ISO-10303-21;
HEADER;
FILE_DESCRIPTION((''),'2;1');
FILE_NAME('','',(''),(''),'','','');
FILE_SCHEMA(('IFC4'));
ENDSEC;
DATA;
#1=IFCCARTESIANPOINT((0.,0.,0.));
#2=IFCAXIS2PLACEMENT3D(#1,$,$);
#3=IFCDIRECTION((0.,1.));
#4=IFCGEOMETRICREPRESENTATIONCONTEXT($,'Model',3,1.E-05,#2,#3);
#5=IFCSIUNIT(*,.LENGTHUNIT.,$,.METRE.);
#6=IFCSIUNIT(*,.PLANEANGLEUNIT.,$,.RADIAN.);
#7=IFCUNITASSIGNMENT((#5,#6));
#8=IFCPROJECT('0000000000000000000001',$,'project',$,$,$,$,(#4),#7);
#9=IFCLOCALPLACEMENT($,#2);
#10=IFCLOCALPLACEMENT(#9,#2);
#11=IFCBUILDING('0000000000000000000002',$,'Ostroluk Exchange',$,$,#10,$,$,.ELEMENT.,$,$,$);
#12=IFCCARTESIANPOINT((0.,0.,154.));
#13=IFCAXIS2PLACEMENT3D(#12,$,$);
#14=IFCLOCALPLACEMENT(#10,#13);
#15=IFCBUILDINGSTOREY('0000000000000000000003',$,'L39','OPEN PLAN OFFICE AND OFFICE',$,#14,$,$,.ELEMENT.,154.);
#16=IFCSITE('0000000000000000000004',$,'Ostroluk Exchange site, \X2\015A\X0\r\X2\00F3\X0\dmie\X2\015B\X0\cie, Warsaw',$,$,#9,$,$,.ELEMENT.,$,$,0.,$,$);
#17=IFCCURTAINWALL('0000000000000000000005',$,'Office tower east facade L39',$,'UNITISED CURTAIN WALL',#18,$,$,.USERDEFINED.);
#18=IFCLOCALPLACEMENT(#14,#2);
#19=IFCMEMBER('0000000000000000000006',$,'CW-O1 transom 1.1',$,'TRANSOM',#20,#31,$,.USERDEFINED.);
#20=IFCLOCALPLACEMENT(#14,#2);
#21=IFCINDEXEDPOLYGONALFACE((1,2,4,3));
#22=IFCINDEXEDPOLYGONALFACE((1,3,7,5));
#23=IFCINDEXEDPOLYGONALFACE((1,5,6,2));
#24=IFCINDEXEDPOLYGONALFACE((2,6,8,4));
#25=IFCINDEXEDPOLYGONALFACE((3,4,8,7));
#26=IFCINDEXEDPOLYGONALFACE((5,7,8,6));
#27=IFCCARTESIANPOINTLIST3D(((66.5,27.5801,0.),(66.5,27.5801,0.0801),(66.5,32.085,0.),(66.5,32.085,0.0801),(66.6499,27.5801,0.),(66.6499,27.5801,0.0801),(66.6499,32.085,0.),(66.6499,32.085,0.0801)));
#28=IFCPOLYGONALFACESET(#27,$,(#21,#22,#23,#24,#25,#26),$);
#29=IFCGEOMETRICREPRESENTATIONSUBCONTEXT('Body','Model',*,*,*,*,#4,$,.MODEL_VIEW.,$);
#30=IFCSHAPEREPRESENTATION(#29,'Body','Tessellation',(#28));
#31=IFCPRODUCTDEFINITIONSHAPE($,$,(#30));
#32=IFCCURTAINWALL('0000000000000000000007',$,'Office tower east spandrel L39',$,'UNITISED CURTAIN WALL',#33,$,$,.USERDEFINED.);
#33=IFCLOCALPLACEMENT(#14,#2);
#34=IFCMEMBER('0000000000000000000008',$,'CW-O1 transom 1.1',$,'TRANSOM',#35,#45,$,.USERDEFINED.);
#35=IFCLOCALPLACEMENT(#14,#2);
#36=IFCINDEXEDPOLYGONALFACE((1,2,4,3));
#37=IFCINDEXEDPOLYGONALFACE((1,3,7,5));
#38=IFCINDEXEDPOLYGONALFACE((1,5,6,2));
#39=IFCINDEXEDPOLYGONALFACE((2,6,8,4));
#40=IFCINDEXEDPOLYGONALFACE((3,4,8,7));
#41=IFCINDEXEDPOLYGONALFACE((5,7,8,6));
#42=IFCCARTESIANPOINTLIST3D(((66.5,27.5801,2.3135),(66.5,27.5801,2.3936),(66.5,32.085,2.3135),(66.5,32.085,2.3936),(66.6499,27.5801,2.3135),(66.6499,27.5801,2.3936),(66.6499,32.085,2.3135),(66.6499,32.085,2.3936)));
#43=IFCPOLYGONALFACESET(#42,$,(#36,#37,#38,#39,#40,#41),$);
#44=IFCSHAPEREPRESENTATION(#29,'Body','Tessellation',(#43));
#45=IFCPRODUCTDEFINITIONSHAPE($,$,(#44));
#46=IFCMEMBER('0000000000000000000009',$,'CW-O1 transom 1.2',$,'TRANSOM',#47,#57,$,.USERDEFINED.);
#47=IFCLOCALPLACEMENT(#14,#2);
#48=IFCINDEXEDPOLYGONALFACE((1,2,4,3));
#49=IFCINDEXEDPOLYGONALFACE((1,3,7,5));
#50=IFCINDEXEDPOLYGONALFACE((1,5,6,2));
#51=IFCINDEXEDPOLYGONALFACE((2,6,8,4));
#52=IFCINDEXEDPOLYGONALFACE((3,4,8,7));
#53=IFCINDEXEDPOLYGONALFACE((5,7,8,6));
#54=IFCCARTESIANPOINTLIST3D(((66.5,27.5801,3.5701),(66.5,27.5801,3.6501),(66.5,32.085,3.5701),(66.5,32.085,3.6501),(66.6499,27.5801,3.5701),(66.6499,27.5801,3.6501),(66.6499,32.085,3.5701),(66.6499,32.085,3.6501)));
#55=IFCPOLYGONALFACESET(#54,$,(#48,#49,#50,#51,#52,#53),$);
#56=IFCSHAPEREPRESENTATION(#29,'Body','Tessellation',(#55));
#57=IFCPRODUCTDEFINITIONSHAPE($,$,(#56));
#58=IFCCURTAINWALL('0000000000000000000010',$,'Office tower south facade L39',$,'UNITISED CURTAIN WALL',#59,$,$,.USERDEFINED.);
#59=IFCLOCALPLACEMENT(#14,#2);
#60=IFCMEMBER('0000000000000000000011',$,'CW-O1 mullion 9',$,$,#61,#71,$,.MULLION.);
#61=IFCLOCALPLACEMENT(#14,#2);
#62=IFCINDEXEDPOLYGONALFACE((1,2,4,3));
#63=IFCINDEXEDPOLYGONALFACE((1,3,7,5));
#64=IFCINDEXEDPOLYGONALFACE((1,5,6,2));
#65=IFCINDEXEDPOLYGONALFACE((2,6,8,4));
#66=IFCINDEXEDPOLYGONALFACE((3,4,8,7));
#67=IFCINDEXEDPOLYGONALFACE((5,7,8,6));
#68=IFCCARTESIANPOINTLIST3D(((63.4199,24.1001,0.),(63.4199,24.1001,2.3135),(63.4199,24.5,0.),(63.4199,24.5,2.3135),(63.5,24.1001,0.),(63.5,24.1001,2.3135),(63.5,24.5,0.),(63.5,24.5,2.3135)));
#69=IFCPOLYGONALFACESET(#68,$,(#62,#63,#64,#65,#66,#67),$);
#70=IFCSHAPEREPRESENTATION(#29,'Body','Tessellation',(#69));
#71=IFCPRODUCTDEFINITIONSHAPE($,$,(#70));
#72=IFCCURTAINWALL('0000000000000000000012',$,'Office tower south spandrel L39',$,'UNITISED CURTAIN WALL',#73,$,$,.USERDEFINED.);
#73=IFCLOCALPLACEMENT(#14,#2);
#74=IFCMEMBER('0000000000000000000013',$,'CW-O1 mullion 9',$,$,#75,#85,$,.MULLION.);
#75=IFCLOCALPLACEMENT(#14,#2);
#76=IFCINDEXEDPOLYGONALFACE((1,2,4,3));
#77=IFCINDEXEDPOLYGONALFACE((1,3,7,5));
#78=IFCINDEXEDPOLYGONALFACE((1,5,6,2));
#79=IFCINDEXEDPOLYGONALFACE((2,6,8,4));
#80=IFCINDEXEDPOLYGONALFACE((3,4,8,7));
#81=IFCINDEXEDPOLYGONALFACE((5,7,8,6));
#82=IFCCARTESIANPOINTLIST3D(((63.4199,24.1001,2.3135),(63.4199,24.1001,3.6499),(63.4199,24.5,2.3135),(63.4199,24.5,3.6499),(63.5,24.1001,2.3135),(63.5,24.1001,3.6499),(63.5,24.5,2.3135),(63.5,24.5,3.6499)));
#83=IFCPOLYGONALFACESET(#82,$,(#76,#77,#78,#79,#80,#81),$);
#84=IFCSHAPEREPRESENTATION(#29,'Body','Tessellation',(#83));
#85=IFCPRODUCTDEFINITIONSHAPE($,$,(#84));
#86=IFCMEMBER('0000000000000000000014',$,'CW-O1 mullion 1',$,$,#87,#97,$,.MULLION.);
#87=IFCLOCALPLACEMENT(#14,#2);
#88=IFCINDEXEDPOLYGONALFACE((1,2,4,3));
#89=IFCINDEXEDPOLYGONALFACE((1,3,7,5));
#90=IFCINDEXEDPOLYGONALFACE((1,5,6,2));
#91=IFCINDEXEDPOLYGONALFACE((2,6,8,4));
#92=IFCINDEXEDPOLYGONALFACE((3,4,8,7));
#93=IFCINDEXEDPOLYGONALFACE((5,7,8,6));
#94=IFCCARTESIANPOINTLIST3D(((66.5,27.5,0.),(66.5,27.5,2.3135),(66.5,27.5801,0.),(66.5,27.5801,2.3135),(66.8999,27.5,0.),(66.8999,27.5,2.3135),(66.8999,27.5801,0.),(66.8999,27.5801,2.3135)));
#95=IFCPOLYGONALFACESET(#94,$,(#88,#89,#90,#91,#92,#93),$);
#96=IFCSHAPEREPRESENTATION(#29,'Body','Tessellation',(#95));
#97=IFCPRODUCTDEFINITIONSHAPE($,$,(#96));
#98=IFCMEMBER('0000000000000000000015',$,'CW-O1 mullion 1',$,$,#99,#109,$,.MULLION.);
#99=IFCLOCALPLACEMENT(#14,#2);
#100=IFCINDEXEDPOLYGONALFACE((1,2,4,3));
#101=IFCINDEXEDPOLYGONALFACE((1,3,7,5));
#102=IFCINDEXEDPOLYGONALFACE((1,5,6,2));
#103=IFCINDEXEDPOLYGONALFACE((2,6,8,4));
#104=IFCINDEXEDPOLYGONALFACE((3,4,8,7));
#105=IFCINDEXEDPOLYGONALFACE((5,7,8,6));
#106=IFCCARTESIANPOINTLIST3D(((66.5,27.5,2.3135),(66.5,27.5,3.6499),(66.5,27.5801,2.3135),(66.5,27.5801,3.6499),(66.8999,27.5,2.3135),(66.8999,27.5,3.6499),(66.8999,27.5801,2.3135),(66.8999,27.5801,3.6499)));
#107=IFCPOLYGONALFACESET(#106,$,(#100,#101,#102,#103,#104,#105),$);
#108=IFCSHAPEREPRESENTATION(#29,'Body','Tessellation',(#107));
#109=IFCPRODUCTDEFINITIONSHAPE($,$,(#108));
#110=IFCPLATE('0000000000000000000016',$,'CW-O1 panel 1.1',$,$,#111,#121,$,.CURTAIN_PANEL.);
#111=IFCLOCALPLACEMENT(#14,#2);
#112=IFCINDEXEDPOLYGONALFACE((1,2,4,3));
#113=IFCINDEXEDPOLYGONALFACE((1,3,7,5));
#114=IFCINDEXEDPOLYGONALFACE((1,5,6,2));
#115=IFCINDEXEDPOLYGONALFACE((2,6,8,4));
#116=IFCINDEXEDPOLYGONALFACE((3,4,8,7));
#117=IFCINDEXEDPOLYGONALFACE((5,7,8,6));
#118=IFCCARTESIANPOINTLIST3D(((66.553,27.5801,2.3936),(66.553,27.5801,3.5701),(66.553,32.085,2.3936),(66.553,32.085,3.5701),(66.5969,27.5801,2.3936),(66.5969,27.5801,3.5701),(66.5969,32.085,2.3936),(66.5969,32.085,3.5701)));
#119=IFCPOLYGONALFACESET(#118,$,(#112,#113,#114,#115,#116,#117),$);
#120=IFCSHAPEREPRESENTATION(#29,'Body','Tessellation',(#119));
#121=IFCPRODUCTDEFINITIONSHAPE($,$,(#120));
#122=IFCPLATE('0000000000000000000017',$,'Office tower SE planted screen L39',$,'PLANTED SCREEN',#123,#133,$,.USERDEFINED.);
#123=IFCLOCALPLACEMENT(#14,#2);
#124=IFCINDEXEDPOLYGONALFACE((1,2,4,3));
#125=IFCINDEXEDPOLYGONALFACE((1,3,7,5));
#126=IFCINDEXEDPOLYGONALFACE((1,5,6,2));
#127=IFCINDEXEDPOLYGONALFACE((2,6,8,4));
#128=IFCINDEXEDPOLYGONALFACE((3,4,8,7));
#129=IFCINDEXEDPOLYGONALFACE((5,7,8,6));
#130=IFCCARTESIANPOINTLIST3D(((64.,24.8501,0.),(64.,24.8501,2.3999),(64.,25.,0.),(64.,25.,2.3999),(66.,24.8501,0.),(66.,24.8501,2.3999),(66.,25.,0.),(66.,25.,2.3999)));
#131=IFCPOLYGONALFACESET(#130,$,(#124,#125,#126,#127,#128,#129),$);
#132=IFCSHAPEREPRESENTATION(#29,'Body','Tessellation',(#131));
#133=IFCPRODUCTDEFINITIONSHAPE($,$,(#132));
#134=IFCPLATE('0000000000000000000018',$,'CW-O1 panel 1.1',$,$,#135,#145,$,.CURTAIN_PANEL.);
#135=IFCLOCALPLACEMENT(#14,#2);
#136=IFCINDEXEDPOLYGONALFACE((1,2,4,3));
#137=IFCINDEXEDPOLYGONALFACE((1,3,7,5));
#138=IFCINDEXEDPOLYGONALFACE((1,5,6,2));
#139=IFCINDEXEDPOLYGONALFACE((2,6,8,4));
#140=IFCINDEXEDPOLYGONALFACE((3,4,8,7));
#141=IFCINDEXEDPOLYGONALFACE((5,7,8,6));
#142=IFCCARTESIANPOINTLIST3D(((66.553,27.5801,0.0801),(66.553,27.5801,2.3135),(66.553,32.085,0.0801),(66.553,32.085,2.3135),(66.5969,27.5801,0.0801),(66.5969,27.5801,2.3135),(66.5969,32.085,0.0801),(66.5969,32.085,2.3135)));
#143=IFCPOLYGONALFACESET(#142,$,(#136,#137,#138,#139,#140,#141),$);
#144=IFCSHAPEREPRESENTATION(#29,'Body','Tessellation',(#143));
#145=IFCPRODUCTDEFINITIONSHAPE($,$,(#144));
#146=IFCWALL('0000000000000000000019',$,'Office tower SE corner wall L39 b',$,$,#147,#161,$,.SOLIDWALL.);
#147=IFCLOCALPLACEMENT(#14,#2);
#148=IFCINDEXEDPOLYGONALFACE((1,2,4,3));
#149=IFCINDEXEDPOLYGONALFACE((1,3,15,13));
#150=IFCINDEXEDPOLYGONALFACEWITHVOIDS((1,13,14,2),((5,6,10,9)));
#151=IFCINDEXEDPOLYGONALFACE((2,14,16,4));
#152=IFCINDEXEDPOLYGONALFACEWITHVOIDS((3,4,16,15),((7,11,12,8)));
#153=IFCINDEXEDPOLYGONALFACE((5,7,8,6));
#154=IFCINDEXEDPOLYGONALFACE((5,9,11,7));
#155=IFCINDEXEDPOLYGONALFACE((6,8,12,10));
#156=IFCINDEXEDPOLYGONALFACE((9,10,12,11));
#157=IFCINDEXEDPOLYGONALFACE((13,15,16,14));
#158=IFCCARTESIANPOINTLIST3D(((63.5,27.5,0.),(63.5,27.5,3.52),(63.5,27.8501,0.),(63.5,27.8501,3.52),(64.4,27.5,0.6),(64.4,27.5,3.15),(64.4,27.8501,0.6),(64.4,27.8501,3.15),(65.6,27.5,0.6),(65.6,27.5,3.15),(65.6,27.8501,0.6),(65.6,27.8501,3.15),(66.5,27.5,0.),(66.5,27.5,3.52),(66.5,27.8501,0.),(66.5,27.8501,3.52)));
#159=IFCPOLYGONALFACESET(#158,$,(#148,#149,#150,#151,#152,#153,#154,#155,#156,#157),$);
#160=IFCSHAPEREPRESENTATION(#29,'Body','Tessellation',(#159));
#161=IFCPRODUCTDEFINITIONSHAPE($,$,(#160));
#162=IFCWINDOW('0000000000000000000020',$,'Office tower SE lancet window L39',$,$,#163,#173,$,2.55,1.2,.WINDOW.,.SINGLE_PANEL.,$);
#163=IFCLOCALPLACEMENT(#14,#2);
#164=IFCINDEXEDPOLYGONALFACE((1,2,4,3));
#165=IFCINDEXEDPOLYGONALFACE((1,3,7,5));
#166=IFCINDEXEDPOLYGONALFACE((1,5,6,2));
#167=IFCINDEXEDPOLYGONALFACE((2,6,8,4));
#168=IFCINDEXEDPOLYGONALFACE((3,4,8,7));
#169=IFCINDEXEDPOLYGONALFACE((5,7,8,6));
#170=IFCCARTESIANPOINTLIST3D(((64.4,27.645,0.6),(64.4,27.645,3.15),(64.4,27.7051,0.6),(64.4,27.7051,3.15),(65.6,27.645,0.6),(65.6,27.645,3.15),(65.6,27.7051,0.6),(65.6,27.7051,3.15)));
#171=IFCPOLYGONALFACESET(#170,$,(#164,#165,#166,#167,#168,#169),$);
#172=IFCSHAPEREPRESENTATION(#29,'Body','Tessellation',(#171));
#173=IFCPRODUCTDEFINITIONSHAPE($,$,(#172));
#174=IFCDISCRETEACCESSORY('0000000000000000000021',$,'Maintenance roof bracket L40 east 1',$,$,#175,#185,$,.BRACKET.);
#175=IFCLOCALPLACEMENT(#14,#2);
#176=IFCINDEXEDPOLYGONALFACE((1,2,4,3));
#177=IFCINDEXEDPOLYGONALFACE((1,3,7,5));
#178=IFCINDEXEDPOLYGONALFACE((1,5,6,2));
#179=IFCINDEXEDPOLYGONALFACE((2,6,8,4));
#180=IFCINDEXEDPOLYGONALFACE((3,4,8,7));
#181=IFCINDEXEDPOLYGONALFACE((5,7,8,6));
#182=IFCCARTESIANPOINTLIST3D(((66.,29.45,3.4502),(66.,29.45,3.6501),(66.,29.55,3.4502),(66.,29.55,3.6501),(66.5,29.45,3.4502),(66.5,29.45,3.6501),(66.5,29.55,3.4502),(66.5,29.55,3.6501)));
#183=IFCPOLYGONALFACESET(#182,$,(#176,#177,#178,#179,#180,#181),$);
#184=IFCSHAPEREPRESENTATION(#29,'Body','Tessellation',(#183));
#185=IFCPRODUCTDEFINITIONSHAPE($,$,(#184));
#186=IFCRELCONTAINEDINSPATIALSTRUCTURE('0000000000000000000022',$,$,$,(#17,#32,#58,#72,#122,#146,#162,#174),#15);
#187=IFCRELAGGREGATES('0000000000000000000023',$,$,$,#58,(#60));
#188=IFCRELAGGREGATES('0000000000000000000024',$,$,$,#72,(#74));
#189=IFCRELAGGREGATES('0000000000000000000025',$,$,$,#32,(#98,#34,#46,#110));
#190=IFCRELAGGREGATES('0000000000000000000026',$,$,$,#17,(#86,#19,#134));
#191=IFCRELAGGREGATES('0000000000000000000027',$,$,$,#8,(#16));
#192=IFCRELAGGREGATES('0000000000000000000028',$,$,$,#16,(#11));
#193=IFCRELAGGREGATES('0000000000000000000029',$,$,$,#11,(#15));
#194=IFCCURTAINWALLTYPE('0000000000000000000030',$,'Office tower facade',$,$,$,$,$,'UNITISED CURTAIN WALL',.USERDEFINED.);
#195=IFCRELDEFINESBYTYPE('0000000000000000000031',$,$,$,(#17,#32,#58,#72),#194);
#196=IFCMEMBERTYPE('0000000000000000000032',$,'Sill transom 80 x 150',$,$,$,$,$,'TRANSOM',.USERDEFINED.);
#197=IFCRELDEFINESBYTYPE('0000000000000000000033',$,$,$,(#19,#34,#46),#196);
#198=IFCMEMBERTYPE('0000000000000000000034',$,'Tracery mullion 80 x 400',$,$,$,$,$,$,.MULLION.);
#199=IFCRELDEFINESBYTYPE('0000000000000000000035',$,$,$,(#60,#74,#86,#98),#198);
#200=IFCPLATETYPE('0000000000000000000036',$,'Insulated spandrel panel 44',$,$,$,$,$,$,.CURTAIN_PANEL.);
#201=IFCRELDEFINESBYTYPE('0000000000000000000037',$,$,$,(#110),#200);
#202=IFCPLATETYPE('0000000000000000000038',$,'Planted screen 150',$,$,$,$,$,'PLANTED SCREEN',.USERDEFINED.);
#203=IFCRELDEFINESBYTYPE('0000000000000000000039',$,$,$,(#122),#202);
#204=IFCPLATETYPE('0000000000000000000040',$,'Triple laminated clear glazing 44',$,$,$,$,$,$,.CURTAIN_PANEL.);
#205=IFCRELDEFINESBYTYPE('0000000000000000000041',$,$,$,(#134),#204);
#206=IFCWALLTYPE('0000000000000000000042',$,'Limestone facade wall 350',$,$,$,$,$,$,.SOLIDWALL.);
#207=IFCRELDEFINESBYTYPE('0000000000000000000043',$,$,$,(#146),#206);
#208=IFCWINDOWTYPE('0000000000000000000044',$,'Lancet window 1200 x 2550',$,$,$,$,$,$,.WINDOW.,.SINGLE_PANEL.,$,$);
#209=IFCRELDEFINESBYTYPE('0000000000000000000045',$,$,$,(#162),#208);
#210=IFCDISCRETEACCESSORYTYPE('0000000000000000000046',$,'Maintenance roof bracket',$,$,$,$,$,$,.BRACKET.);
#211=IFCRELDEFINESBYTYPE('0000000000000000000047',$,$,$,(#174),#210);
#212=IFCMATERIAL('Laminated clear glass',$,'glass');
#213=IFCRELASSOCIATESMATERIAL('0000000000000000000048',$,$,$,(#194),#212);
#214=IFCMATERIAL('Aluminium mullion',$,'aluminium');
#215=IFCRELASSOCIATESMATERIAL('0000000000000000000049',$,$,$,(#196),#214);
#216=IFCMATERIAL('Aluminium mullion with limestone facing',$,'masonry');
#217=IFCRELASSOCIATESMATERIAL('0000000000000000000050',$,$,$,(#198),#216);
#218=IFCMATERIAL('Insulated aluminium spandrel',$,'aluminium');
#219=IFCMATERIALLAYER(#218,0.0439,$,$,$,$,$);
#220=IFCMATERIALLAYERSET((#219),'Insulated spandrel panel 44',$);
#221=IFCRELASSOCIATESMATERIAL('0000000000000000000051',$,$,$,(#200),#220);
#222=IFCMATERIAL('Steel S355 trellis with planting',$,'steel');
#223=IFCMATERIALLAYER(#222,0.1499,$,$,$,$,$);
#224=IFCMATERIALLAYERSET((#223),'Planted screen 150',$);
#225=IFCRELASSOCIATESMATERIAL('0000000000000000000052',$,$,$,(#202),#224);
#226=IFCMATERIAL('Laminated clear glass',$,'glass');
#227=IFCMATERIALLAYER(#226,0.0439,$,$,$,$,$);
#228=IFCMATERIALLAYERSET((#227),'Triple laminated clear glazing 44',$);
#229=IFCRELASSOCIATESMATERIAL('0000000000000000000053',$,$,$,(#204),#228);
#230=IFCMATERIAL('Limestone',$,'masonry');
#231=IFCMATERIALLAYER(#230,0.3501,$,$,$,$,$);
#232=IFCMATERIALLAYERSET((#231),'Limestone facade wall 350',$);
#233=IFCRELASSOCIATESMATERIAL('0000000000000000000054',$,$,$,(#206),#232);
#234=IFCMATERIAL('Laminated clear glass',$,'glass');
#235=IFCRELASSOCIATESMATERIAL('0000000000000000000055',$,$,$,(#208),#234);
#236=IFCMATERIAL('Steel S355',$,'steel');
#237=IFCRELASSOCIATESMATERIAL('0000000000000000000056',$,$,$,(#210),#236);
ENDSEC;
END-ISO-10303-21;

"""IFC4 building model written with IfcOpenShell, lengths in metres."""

from ifc_helpers import new_model, si_unit, direction, frame, frame_2d, origin, origin_2d, place, context, subcontext, project, spatial, rectangle, extrude, material, layer, layer_set, material_profile, profile_set, type_object, element, fill, aggregate, save


model = new_model("IFC4")

# Units and contexts
model_context = context("Model", 3, precision=1e-05, world=origin(), true_north=direction((0.0, 1.0)))
body_context = subcontext(model_context, "Body", "Model", "MODEL_VIEW")
ifc_project = project(units=[si_unit("LENGTHUNIT", "METRE"), si_unit("PLANEANGLEUNIT", "RADIAN")], contexts=[model_context])

# Site, building, storey
site_placement = place(None, origin())
site = spatial("IfcSite", under=ifc_project, at=site_placement, Name="Ostroluk Exchange site, Śródmieście, Warsaw", CompositionType="ELEMENT", RefElevation=0.0)
building_placement = place(site_placement, origin())
building = spatial("IfcBuilding", under=site, at=building_placement, Name="Ostroluk Exchange", CompositionType="ELEMENT")
storey_placement = place(building_placement, frame((0.0, 0.0, 154.0)))
storey = spatial("IfcBuildingStorey", under=building, at=storey_placement, Name="L39", Description="OPEN PLAN OFFICE AND OFFICE", CompositionType="ELEMENT", Elevation=154.0)

# Curtain wall, member
ifc_material_1 = material(Name="Laminated clear glass", Category="glass")
curtain_wall_type = type_object("IfcCurtainWallType", Name="Office tower facade", ElementType="UNITISED CURTAIN WALL", PredefinedType="USERDEFINED", material=ifc_material_1)
curtain_wall_1_placement = place(storey_placement, origin())
curtain_wall_1 = element("IfcCurtainWall", 1, at=curtain_wall_1_placement, inside=storey, type_object=curtain_wall_type, Name="Office tower east facade L39", ObjectType="UNITISED CURTAIN WALL", PredefinedType="USERDEFINED")
ifc_material_2 = material(Name="Aluminium mullion", Category="aluminium")
ifc_material_profile_1 = material_profile(ifc_material_2, rectangle(XDim=0.1499, YDim=0.0801, at=origin_2d()), Name="Sill transom 80 x 150")
ifc_profile_set_1 = profile_set([ifc_material_profile_1], Name="Aluminium mullion")
member_type_1 = type_object("IfcMemberType", Name="Sill transom 80 x 150", ElementType="TRANSOM", PredefinedType="USERDEFINED", material=ifc_profile_set_1)
member_1_placement = place(storey_placement, frame((66.575, 27.5801, 0.04), z_axis=(0.0, 1.0, 0.0), x_axis=(-1.0, 0.0, 0.0)))
member_1 = element("IfcMember", 2, at=member_1_placement, type_object=member_type_1, Name="CW-O1 transom 1.1", ObjectType="TRANSOM", PredefinedType="USERDEFINED", context=body_context, shape_type="SweptSolid", body=[
    extrude(rectangle(XDim=0.1499, YDim=0.0801, at=origin_2d()), origin(), (0.0, 0.0, 1.0), 4.5049),
])

# Curtain wall, members
curtain_wall_2_placement = place(storey_placement, origin())
curtain_wall_2 = element("IfcCurtainWall", 3, at=curtain_wall_2_placement, inside=storey, type_object=curtain_wall_type, Name="Office tower east spandrel L39", ObjectType="UNITISED CURTAIN WALL", PredefinedType="USERDEFINED")
member_2_placement = place(storey_placement, frame((66.575, 27.5801, 2.3535), z_axis=(0.0, 1.0, 0.0), x_axis=(-1.0, 0.0, 0.0)))
member_2 = element("IfcMember", 4, at=member_2_placement, type_object=member_type_1, Name="CW-O1 transom 1.1", ObjectType="TRANSOM", PredefinedType="USERDEFINED", context=body_context, shape_type="SweptSolid", body=[
    extrude(rectangle(XDim=0.1499, YDim=0.0801, at=origin_2d()), origin(), (0.0, 0.0, 1.0), 4.5049),
])
member_3_placement = place(storey_placement, frame((66.575, 27.5801, 3.6101), z_axis=(0.0, 1.0, 0.0), x_axis=(-1.0, 0.0, 0.0)))
member_3 = element("IfcMember", 5, at=member_3_placement, type_object=member_type_1, Name="CW-O1 transom 1.2", ObjectType="TRANSOM", PredefinedType="USERDEFINED", context=body_context, shape_type="SweptSolid", body=[
    extrude(rectangle(XDim=0.1499, YDim=0.0801, at=origin_2d()), origin(), (0.0, 0.0, 1.0), 4.5049),
])

# Curtain walls, members
curtain_wall_3_placement = place(storey_placement, origin())
curtain_wall_3 = element("IfcCurtainWall", 6, at=curtain_wall_3_placement, inside=storey, type_object=curtain_wall_type, Name="Office tower south facade L39", ObjectType="UNITISED CURTAIN WALL", PredefinedType="USERDEFINED")
ifc_material_3 = material(Name="Aluminium mullion with limestone facing", Category="masonry")
ifc_material_profile_2 = material_profile(ifc_material_3, rectangle(XDim=0.3999, YDim=0.0801, at=origin_2d()), Name="Tracery mullion 80 x 400")
ifc_profile_set_2 = profile_set([ifc_material_profile_2], Name="Aluminium mullion with limestone facing")
member_type_2 = type_object("IfcMemberType", Name="Tracery mullion 80 x 400", PredefinedType="MULLION", material=ifc_profile_set_2)
member_4_placement = place(storey_placement, frame((63.46, 24.3, 0.0), z_axis=(0.0, 0.0, 1.0), x_axis=(0.0, 1.0, 0.0)))
member_4 = element("IfcMember", 7, at=member_4_placement, type_object=member_type_2, Name="CW-O1 mullion 9", PredefinedType="MULLION", context=body_context, shape_type="SweptSolid", body=[
    extrude(rectangle(XDim=0.3999, YDim=0.0801, at=origin_2d()), origin(), (0.0, 0.0, 1.0), 2.3135),
])
aggregate(curtain_wall_3, [member_4])
curtain_wall_4_placement = place(storey_placement, origin())
curtain_wall_4 = element("IfcCurtainWall", 8, at=curtain_wall_4_placement, inside=storey, type_object=curtain_wall_type, Name="Office tower south spandrel L39", ObjectType="UNITISED CURTAIN WALL", PredefinedType="USERDEFINED")
member_5_placement = place(storey_placement, frame((63.46, 24.3, 2.3135), z_axis=(0.0, 0.0, 1.0), x_axis=(0.0, 1.0, 0.0)))
member_5 = element("IfcMember", 9, at=member_5_placement, type_object=member_type_2, Name="CW-O1 mullion 9", PredefinedType="MULLION", context=body_context, shape_type="SweptSolid", body=[
    extrude(rectangle(XDim=0.3999, YDim=0.0801, at=origin_2d()), origin(), (0.0, 0.0, 1.0), 1.3364),
])
aggregate(curtain_wall_4, [member_5])

# Members
member_6_placement = place(storey_placement, frame((66.7, 27.54, 0.0), z_axis=(0.0, 0.0, 1.0), x_axis=(-1.0, 0.0, 0.0)))
member_6 = element("IfcMember", 10, at=member_6_placement, type_object=member_type_2, Name="CW-O1 mullion 1", PredefinedType="MULLION", context=body_context, shape_type="SweptSolid", body=[
    extrude(rectangle(XDim=0.3999, YDim=0.0801, at=origin_2d()), origin(), (0.0, 0.0, 1.0), 2.3135),
])
member_7_placement = place(storey_placement, frame((66.7, 27.54, 2.3135), z_axis=(0.0, 0.0, 1.0), x_axis=(-1.0, 0.0, 0.0)))
member_7 = element("IfcMember", 11, at=member_7_placement, type_object=member_type_2, Name="CW-O1 mullion 1", PredefinedType="MULLION", context=body_context, shape_type="SweptSolid", body=[
    extrude(rectangle(XDim=0.3999, YDim=0.0801, at=origin_2d()), origin(), (0.0, 0.0, 1.0), 1.3364),
])

# Plates
ifc_material_4 = material(Name="Insulated aluminium spandrel", Category="aluminium")
ifc_layer_1 = layer(ifc_material_4, 0.0439)
ifc_layer_set_1 = layer_set([ifc_layer_1], Name="Insulated spandrel panel 44")
plate_type_1 = type_object("IfcPlateType", Name="Insulated spandrel panel 44", PredefinedType="CURTAIN_PANEL", material=ifc_layer_set_1)
plate_1_placement = place(storey_placement, frame((66.575, 29.8325, 2.3936), z_axis=(0.0, 0.0, 1.0), x_axis=(0.0, 1.0, 0.0)))
plate_1 = element("IfcPlate", 12, at=plate_1_placement, type_object=plate_type_1, Name="CW-O1 panel 1.1", PredefinedType="CURTAIN_PANEL", context=body_context, shape_type="SweptSolid", body=[
    extrude(rectangle(XDim=4.5049, YDim=0.0439, at=origin_2d()), origin(), (0.0, 0.0, 1.0), 1.1765),
])
aggregate(curtain_wall_2, [member_7, member_2, member_3, plate_1])
ifc_material_5 = material(Name="Steel S355 trellis with planting", Category="steel")
ifc_layer_2 = layer(ifc_material_5, 0.1499)
ifc_layer_set_2 = layer_set([ifc_layer_2], Name="Planted screen 150")
plate_type_2 = type_object("IfcPlateType", Name="Planted screen 150", ElementType="PLANTED SCREEN", PredefinedType="USERDEFINED", material=ifc_layer_set_2)
plate_2_placement = place(storey_placement, frame((65.0, 24.925, 0.0), z_axis=(0.0, 0.0, 1.0), x_axis=(1.0, 0.0, 0.0)))
element("IfcPlate", 13, at=plate_2_placement, inside=storey, type_object=plate_type_2, Name="Office tower SE planted screen L39", ObjectType="PLANTED SCREEN", PredefinedType="USERDEFINED", context=body_context, shape_type="SweptSolid", body=[
    extrude(rectangle(XDim=2.0, YDim=0.1499, at=origin_2d()), origin(), (0.0, 0.0, 1.0), 2.3999),
])
ifc_material_6 = material(Name="Laminated clear glass", Category="glass")
ifc_layer_3 = layer(ifc_material_6, 0.0439)
ifc_layer_set_3 = layer_set([ifc_layer_3], Name="Triple laminated clear glazing 44")
plate_type_3 = type_object("IfcPlateType", Name="Triple laminated clear glazing 44", PredefinedType="CURTAIN_PANEL", material=ifc_layer_set_3)
plate_3_placement = place(storey_placement, frame((66.575, 29.8325, 0.0801), z_axis=(0.0, 0.0, 1.0), x_axis=(0.0, 1.0, 0.0)))
plate_3 = element("IfcPlate", 14, at=plate_3_placement, type_object=plate_type_3, Name="CW-O1 panel 1.1", PredefinedType="CURTAIN_PANEL", context=body_context, shape_type="SweptSolid", body=[
    extrude(rectangle(XDim=4.5049, YDim=0.0439, at=origin_2d()), origin(), (0.0, 0.0, 1.0), 2.2334),
])
aggregate(curtain_wall_1, [member_6, member_1, plate_3])

# Wall, opening, window
ifc_material_7 = material(Name="Limestone", Category="masonry")
ifc_layer_4 = layer(ifc_material_7, 0.3501)
ifc_layer_set_4 = layer_set([ifc_layer_4], Name="Limestone facade wall 350")
wall_type = type_object("IfcWallType", Name="Limestone facade wall 350", PredefinedType="SOLIDWALL", material=ifc_layer_set_4)
wall_placement = place(storey_placement, frame((63.5, 27.675, 0.0), z_axis=(0.0, 0.0, 1.0), x_axis=(1.0, 0.0, 0.0)))
wall = element("IfcWall", 15, at=wall_placement, inside=storey, type_object=wall_type, Name="Office tower SE corner wall L39 b", PredefinedType="SOLIDWALL", context=body_context, shape_type="SweptSolid", body=[
    extrude(rectangle(XDim=3.0, YDim=0.3501, at=frame_2d((1.5, 0.0))), origin(), (0.0, 0.0, 1.0), 3.52),
])
opening_placement = place(wall_placement, frame((0.8999, 0.0, 0.6001)))
opening = element("IfcOpeningElement", 16, at=opening_placement, cuts=wall, PredefinedType="OPENING", context=body_context, shape_type="SweptSolid", body=[
    extrude(rectangle(XDim=1.2, YDim=2.55, at=frame_2d((0.6001, 1.2749))), frame((0.0, 0.1851, 0.0), z_axis=(0.0, -1.0, 0.0), x_axis=(1.0, 0.0, 0.0)), (0.0, 0.0, 1.0), 0.3701),
])
ifc_material_8 = material(Name="Laminated clear glass", Category="glass")
window_type = type_object("IfcWindowType", Name="Lancet window 1200 x 2550", PartitioningType="SINGLE_PANEL", PredefinedType="WINDOW", material=ifc_material_8)
window_placement = place(opening_placement, origin())
window = element("IfcWindow", 17, at=window_placement, inside=storey, type_object=window_type, Name="Office tower SE lancet window L39", OverallHeight=2.55, OverallWidth=1.2, PartitioningType="SINGLE_PANEL", PredefinedType="WINDOW", context=body_context, shape_type="SweptSolid", body=[
    extrude(rectangle(XDim=1.2, YDim=2.55, at=frame_2d((0.6001, 1.2749))), frame((0.0, 0.03, 0.0), z_axis=(0.0, -1.0, 0.0), x_axis=(1.0, 0.0, 0.0)), (0.0, 0.0, 1.0), 0.0601),
])
fill(opening, window)

# Discrete accessory
ifc_material_9 = material(Name="Steel S355", Category="steel")
discrete_accessory_type = type_object("IfcDiscreteAccessoryType", Name="Maintenance roof bracket", PredefinedType="BRACKET", material=ifc_material_9)
discrete_accessory_placement = place(storey_placement, frame((66.25, 29.5, 3.4502), z_axis=(0.0, 0.0, 1.0), x_axis=(1.0, 0.0, 0.0)))
element("IfcDiscreteAccessory", 18, at=discrete_accessory_placement, inside=storey, type_object=discrete_accessory_type, Name="Maintenance roof bracket L40 east 1", PredefinedType="BRACKET", context=body_context, shape_type="SweptSolid", body=[
    extrude(rectangle(XDim=0.5, YDim=0.1001, at=origin_2d()), origin(), (0.0, 0.0, 1.0), 0.2),
])

save(model, "model.ifc")
